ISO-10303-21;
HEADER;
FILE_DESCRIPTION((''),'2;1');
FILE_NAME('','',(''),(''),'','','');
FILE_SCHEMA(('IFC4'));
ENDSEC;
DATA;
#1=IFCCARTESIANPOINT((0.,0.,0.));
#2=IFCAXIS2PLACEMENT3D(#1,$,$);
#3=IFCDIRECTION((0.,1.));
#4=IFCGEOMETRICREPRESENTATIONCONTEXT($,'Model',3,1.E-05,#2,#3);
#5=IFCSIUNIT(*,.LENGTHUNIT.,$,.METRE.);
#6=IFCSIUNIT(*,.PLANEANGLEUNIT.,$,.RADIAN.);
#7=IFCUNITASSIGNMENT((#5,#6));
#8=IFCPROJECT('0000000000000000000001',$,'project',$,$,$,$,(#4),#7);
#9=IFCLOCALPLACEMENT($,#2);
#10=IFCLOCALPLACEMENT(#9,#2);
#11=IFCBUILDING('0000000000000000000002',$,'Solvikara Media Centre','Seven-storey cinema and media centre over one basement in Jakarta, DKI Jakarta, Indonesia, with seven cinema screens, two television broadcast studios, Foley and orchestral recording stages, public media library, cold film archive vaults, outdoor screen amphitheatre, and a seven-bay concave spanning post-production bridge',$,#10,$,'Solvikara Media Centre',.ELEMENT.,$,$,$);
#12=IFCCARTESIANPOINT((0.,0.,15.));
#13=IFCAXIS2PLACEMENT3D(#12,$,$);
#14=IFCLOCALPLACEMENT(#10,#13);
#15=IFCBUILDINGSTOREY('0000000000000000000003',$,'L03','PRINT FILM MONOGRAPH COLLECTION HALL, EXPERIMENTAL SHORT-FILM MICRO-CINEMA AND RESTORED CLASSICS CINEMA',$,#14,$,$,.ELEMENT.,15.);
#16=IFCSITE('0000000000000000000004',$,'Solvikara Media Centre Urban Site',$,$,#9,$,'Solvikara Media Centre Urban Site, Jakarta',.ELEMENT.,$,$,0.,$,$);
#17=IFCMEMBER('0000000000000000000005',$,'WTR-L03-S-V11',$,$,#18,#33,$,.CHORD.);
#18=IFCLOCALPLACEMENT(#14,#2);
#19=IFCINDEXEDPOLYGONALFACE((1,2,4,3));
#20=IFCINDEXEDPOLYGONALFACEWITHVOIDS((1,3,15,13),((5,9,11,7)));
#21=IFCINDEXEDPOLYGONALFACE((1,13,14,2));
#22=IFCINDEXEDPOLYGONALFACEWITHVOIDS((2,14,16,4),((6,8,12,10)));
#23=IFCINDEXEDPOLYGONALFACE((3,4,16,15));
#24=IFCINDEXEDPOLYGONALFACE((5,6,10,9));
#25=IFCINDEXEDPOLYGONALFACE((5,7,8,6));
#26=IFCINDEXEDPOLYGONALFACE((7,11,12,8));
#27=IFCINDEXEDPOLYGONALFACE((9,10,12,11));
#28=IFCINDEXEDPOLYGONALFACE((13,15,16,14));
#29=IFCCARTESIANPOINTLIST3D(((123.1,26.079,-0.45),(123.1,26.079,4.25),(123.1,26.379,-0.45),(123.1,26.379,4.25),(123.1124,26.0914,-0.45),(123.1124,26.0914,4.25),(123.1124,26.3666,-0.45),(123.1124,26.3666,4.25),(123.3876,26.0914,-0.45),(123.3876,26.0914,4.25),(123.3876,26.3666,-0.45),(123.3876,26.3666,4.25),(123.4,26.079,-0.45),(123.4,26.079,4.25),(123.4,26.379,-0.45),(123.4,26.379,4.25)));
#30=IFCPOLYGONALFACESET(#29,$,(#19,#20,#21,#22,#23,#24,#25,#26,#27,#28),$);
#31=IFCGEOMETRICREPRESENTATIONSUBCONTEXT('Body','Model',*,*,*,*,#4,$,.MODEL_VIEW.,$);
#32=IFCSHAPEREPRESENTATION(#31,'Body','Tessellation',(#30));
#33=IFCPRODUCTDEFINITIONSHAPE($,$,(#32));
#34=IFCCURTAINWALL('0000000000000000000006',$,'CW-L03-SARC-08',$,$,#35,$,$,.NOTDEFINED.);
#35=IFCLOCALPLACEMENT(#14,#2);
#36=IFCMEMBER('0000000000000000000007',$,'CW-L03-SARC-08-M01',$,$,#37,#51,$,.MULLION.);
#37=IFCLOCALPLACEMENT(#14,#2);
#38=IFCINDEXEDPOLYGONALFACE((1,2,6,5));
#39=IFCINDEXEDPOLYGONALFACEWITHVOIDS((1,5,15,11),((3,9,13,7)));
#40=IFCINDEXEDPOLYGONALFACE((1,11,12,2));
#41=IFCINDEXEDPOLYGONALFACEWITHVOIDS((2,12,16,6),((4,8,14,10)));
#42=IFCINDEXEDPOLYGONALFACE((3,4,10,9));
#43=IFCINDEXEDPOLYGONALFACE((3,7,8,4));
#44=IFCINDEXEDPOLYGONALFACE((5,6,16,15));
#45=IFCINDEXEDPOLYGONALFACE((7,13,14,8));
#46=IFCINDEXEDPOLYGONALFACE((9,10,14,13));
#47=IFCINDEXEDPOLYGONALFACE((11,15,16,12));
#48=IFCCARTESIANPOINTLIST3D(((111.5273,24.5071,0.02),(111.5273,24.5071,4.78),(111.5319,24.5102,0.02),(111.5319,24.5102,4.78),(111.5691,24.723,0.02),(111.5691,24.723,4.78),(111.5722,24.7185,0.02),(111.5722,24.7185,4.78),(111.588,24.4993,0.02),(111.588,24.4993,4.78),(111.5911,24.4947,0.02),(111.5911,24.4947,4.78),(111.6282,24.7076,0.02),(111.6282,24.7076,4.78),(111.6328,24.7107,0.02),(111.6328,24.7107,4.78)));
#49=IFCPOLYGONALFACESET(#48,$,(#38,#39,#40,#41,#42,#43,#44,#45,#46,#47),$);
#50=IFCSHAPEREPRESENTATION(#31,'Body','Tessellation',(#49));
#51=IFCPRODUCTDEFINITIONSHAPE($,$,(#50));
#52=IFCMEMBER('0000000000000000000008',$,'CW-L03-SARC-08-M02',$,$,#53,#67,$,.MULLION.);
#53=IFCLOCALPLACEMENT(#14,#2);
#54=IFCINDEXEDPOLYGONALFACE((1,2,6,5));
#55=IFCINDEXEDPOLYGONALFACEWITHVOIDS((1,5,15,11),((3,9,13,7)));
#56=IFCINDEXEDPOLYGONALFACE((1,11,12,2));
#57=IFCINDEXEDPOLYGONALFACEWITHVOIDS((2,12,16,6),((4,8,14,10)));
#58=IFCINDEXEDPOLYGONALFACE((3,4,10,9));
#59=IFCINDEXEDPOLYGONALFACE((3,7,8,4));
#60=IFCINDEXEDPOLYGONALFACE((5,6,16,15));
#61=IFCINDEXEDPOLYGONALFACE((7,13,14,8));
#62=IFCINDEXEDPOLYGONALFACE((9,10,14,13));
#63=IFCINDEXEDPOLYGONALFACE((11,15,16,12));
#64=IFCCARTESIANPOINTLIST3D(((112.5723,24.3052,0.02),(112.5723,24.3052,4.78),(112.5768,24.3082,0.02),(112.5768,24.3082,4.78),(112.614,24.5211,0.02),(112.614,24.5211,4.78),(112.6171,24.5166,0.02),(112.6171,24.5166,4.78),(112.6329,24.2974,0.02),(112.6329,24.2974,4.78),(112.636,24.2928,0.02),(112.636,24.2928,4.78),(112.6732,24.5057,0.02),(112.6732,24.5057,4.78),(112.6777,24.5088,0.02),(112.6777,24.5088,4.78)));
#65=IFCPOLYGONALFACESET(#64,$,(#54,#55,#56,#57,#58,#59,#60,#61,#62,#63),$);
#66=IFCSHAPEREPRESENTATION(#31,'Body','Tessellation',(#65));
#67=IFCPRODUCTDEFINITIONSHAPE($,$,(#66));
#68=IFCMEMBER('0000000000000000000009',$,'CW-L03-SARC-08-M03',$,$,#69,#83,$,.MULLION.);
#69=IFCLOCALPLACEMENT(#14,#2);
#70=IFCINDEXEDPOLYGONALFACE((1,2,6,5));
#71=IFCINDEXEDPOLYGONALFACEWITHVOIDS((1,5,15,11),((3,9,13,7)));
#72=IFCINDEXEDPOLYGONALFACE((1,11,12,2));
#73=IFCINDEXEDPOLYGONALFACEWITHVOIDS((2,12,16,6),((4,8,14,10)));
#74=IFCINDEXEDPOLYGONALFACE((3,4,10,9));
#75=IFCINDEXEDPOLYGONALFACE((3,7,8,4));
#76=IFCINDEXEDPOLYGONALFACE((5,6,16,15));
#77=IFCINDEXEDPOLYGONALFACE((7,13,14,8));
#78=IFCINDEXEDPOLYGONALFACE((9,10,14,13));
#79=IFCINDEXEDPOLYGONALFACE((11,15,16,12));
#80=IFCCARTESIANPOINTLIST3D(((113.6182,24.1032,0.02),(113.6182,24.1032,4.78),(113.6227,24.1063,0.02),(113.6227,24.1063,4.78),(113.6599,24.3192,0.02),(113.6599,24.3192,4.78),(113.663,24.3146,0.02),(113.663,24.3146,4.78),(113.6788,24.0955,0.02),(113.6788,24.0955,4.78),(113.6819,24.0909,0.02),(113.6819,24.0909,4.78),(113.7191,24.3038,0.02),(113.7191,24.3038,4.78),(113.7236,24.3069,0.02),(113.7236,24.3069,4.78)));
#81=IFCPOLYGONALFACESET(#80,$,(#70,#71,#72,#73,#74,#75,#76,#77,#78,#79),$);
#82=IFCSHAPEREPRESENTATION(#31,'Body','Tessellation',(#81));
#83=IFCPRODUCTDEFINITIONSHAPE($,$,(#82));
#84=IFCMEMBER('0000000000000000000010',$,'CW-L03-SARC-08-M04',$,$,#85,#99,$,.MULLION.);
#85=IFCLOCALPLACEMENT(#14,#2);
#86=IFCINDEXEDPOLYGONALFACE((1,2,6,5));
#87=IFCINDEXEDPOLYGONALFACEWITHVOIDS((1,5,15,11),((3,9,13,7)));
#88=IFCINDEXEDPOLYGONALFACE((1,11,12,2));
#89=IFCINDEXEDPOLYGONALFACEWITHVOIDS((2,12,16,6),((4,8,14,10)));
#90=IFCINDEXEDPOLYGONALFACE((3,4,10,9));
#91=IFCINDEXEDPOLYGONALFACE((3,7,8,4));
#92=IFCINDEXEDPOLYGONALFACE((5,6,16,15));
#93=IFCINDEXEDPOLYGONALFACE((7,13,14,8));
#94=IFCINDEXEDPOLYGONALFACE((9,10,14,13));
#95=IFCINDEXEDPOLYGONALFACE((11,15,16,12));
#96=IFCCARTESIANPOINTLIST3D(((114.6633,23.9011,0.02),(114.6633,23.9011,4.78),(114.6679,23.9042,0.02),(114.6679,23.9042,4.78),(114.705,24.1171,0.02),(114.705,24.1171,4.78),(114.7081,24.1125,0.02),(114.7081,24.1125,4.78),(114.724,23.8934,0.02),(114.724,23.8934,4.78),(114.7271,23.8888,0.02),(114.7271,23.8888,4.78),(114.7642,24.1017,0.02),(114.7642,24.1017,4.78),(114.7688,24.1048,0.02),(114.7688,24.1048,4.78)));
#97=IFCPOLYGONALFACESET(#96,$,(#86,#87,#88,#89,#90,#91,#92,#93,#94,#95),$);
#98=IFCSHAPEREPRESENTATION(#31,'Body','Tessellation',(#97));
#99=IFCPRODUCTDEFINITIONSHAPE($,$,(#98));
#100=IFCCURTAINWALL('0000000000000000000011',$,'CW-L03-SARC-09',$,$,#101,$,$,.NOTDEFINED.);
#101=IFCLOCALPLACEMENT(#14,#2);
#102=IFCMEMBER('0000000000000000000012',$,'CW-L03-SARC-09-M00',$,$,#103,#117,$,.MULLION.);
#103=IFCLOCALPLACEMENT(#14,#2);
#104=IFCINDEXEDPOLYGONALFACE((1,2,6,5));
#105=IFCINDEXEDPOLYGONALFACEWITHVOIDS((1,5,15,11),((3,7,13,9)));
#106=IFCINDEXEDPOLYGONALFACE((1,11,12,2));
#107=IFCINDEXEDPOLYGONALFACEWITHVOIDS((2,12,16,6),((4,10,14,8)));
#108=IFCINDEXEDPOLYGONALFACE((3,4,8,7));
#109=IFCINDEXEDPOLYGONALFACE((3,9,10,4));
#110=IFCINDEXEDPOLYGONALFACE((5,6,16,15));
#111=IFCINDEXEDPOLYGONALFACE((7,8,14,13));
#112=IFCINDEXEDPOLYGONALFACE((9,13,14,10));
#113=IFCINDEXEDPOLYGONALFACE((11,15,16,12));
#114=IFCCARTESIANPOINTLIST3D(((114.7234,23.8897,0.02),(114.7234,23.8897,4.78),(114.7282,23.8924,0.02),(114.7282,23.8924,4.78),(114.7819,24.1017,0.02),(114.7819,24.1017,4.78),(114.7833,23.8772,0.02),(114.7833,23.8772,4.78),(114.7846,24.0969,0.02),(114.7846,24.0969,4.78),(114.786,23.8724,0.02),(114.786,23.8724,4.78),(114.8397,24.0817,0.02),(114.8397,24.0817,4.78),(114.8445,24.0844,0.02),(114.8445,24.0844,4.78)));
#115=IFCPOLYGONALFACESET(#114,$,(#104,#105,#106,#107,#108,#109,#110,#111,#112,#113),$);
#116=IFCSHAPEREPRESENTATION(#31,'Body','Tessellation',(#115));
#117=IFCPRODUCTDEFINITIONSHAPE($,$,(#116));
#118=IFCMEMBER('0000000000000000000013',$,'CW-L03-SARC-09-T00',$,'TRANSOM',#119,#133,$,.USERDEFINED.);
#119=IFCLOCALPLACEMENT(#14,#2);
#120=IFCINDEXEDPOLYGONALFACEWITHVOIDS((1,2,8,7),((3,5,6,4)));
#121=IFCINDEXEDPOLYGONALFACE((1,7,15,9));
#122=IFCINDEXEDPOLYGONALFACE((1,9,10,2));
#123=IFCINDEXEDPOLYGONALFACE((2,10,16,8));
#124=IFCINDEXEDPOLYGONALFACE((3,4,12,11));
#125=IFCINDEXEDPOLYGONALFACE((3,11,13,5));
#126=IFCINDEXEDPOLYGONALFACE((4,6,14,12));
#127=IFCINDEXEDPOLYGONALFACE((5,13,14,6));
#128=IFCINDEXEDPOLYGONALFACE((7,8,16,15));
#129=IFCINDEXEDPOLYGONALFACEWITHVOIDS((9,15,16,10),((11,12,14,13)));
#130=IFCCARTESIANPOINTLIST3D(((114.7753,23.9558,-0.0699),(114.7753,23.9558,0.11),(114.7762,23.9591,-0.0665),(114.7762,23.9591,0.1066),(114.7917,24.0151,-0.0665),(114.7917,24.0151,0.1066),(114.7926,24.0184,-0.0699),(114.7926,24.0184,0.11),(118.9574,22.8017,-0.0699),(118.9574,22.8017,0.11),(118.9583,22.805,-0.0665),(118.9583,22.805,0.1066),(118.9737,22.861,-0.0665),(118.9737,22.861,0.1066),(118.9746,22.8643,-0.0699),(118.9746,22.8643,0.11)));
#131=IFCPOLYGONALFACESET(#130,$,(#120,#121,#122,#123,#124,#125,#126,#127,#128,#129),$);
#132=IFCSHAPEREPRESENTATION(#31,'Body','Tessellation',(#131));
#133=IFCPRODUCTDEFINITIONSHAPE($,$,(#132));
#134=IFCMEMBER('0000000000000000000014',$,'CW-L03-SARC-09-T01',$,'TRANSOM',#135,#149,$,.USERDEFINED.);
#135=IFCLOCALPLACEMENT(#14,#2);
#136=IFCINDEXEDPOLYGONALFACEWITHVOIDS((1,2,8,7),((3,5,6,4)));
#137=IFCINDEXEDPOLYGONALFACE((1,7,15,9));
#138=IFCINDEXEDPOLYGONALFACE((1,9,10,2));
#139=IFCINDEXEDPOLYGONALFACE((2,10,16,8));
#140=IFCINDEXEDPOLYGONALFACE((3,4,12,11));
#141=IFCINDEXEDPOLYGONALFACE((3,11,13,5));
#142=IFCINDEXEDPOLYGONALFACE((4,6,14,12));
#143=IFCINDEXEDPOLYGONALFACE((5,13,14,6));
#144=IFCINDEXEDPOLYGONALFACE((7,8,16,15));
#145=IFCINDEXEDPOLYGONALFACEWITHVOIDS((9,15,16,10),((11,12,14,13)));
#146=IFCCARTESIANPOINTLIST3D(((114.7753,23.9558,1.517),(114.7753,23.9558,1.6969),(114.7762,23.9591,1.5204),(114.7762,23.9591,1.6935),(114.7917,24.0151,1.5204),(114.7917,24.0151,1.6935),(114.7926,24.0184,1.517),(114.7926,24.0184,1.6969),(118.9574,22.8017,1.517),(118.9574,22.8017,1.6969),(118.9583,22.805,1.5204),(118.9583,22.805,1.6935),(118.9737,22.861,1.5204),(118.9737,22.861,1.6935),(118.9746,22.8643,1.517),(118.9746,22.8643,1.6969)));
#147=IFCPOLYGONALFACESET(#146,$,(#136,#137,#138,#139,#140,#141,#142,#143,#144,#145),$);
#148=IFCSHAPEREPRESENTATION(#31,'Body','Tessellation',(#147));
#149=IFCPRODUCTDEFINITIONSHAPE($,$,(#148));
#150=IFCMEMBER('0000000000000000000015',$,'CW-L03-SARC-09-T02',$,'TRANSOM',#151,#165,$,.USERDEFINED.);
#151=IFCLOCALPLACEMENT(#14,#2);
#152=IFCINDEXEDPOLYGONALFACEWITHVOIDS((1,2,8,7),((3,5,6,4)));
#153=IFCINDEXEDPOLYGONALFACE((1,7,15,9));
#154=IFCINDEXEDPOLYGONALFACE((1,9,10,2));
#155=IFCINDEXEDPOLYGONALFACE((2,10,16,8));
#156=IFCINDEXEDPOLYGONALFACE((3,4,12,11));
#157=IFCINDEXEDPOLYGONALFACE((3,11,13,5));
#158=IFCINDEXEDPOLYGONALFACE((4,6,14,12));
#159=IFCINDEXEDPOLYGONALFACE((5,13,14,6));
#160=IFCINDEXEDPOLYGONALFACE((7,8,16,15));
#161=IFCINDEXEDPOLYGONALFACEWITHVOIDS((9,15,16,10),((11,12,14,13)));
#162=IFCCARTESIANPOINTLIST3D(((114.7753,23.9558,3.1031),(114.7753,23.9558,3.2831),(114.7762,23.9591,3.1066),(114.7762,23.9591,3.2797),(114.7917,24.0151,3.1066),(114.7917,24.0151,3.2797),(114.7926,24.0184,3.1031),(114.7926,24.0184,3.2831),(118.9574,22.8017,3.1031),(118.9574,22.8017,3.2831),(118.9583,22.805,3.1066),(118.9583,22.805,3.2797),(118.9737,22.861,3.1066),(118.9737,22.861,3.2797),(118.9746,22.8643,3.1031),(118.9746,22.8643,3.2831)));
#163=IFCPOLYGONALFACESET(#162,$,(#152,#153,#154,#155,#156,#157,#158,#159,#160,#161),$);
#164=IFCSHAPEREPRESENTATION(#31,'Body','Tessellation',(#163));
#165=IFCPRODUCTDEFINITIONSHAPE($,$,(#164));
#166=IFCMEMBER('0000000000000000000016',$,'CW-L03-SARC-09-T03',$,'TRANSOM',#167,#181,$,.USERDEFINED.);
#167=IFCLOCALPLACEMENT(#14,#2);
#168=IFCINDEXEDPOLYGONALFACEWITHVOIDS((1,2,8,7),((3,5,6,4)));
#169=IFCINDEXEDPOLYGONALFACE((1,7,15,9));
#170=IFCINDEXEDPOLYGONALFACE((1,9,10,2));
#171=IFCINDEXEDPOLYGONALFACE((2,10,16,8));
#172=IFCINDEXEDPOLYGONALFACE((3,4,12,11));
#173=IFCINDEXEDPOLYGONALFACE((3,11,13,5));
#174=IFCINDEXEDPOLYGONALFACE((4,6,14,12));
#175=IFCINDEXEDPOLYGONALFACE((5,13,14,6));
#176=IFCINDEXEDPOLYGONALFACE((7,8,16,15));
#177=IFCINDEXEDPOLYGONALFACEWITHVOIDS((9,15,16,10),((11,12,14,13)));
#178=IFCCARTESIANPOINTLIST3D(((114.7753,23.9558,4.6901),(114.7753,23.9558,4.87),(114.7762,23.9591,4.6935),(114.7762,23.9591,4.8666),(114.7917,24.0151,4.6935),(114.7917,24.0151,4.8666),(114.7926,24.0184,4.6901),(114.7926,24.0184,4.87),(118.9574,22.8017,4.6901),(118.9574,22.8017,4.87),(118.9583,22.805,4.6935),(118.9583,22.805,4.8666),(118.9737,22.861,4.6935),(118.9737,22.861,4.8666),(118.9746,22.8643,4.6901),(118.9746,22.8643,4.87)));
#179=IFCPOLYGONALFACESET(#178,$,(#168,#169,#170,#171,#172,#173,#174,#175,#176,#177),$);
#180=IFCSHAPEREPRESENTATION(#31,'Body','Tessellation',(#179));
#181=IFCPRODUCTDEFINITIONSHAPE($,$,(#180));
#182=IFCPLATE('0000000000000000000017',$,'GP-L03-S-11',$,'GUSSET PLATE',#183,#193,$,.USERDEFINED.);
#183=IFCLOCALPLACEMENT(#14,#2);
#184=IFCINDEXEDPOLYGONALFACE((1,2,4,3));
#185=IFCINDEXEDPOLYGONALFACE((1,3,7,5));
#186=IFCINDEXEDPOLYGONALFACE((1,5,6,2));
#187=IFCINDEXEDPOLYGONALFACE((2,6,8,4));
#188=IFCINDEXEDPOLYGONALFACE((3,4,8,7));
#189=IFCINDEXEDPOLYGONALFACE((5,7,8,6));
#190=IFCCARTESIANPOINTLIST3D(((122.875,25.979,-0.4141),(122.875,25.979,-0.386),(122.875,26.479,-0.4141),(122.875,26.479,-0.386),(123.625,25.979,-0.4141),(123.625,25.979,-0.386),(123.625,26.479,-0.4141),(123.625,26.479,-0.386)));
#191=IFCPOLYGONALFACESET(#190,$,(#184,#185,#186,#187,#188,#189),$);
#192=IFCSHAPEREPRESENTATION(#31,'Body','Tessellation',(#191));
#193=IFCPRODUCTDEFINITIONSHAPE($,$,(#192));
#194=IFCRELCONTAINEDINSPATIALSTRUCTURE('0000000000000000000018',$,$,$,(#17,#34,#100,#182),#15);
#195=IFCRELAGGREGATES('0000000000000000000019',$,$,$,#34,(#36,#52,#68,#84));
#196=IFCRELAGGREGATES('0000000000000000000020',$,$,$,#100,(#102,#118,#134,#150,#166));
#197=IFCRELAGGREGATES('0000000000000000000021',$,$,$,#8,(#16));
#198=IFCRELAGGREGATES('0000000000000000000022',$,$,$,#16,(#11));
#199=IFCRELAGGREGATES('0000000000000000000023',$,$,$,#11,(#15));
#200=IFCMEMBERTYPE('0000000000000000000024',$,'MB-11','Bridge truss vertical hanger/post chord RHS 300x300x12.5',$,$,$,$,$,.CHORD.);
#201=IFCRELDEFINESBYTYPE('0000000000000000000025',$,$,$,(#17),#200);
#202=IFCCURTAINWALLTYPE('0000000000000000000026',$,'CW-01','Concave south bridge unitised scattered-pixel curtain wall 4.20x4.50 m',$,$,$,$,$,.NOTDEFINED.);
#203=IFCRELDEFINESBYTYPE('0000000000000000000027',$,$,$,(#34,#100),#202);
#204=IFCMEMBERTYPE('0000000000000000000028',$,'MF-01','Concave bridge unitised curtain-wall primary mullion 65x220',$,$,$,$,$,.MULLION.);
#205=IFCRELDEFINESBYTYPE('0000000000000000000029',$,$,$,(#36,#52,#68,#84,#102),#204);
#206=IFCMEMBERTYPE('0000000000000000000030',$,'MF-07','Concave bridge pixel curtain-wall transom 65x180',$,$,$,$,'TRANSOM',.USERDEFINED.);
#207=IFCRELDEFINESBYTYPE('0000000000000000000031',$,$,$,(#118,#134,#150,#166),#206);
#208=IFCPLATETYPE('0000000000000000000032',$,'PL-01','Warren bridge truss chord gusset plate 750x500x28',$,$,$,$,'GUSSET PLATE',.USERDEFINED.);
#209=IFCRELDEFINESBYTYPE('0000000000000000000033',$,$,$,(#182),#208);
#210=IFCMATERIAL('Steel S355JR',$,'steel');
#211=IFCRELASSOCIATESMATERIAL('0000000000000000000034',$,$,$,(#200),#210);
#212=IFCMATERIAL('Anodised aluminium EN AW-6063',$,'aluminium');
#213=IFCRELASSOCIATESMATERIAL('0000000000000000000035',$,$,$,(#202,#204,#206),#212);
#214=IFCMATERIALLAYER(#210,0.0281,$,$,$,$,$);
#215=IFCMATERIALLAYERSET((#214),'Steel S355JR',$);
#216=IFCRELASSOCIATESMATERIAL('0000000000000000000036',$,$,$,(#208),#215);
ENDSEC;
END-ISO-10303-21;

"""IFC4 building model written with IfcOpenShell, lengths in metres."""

from ifc_helpers import new_model, si_unit, direction, frame, origin, origin_2d, place, context, subcontext, project, spatial, rectangle, hollow_rectangle, extrude, material, layer, layer_set, material_profile, profile_set, type_object, element, aggregate, save


model = new_model("IFC4")

# Units and contexts
model_context = context("Model", 3, precision=1e-05, world=origin(), true_north=direction((0.0, 1.0)))
body_context = subcontext(model_context, "Body", "Model", "MODEL_VIEW")
ifc_project = project(units=[si_unit("LENGTHUNIT", "METRE"), si_unit("PLANEANGLEUNIT", "RADIAN")], contexts=[model_context])

# Site, building, storey
site_placement = place(None, origin())
site = spatial("IfcSite", under=ifc_project, at=site_placement, Name="Solvikara Media Centre Urban Site", LongName="Solvikara Media Centre Urban Site, Jakarta", CompositionType="ELEMENT", RefElevation=0.0)
building_placement = place(site_placement, origin())
building = spatial("IfcBuilding", under=site, at=building_placement, Name="Solvikara Media Centre", Description="Seven-storey cinema and media centre over one basement in Jakarta, DKI Jakarta, Indonesia, with seven cinema screens, two television broadcast studios, Foley and orchestral recording stages, public media library, cold film archive vaults, outdoor screen amphitheatre, and a seven-bay concave spanning post-production bridge", LongName="Solvikara Media Centre", CompositionType="ELEMENT")
storey_placement = place(building_placement, frame((0.0, 0.0, 15.0)))
storey = spatial("IfcBuildingStorey", under=building, at=storey_placement, Name="L03", Description="PRINT FILM MONOGRAPH COLLECTION HALL, EXPERIMENTAL SHORT-FILM MICRO-CINEMA AND RESTORED CLASSICS CINEMA", CompositionType="ELEMENT", Elevation=15.0)

# Shared definitions
ifc_material_1 = material(Name="Steel S355JR", Category="steel")

# Member
ifc_material_profile_1 = material_profile(ifc_material_1, hollow_rectangle(XDim=0.3, YDim=0.3, WallThickness=0.0125, at=origin_2d()), Name="RHS 300x300x12.5")
ifc_profile_set_1 = profile_set([ifc_material_profile_1], Name="Steel S355JR")
member_type_1 = type_object("IfcMemberType", Name="MB-11", Description="Bridge truss vertical hanger/post chord RHS 300x300x12.5", PredefinedType="CHORD", material=ifc_profile_set_1)
member_1_placement = place(storey_placement, frame((123.25, 26.229, -0.45), z_axis=(0.0, 0.0, 1.0), x_axis=(1.0, 0.0, 0.0)))
element("IfcMember", 1, at=member_1_placement, inside=storey, type_object=member_type_1, Name="WTR-L03-S-V11", PredefinedType="CHORD", context=body_context, shape_type="SweptSolid", body=[
    extrude(hollow_rectangle(XDim=0.3, YDim=0.3, WallThickness=0.0125, at=origin_2d()), origin(), (0.0, 0.0, 1.0), 4.7),
])

# Curtain walls, members
ifc_material_2 = material(Name="Anodised aluminium EN AW-6063", Category="aluminium")
curtain_wall_type = type_object("IfcCurtainWallType", Name="CW-01", Description="Concave south bridge unitised scattered-pixel curtain wall 4.20x4.50 m", PredefinedType="NOTDEFINED", material=ifc_material_2)
curtain_wall_1_placement = place(storey_placement, origin())
curtain_wall_1 = element("IfcCurtainWall", 2, at=curtain_wall_1_placement, inside=storey, type_object=curtain_wall_type, Name="CW-L03-SARC-08", PredefinedType="NOTDEFINED")
ifc_material_profile_2 = material_profile(ifc_material_2, hollow_rectangle(XDim=0.0649, YDim=0.22, WallThickness=0.0039, at=origin_2d()), Name="ALU-M 65x220x4")
ifc_profile_set_2 = profile_set([ifc_material_profile_2], Name="Anodised aluminium EN AW-6063")
member_type_2 = type_object("IfcMemberType", Name="MF-01", Description="Concave bridge unitised curtain-wall primary mullion 65x220", PredefinedType="MULLION", material=ifc_profile_set_2)
member_2_placement = place(storey_placement, frame((111.5801, 24.6089, 0.02), z_axis=(0.0, 0.0, 1.0), x_axis=(0.981843, -0.189695, 0.0)))
member_2 = element("IfcMember", 3, at=member_2_placement, type_object=member_type_2, Name="CW-L03-SARC-08-M01", PredefinedType="MULLION", context=body_context, shape_type="SweptSolid", body=[
    extrude(hollow_rectangle(XDim=0.0649, YDim=0.22, WallThickness=0.0039, at=origin_2d()), origin(), (0.0, 0.0, 1.0), 4.76),
])
member_3_placement = place(storey_placement, frame((112.625, 24.407, 0.02), z_axis=(0.0, 0.0, 1.0), x_axis=(0.981843, -0.189695, 0.0)))
member_3 = element("IfcMember", 4, at=member_3_placement, type_object=member_type_2, Name="CW-L03-SARC-08-M02", PredefinedType="MULLION", context=body_context, shape_type="SweptSolid", body=[
    extrude(hollow_rectangle(XDim=0.0649, YDim=0.22, WallThickness=0.0039, at=origin_2d()), origin(), (0.0, 0.0, 1.0), 4.76),
])
member_4_placement = place(storey_placement, frame((113.6709, 24.2051, 0.02), z_axis=(0.0, 0.0, 1.0), x_axis=(0.981843, -0.189695, 0.0)))
member_4 = element("IfcMember", 5, at=member_4_placement, type_object=member_type_2, Name="CW-L03-SARC-08-M03", PredefinedType="MULLION", context=body_context, shape_type="SweptSolid", body=[
    extrude(hollow_rectangle(XDim=0.0649, YDim=0.22, WallThickness=0.0039, at=origin_2d()), origin(), (0.0, 0.0, 1.0), 4.76),
])
member_5_placement = place(storey_placement, frame((114.7161, 24.0029, 0.02), z_axis=(0.0, 0.0, 1.0), x_axis=(0.981843, -0.189695, 0.0)))
member_5 = element("IfcMember", 6, at=member_5_placement, type_object=member_type_2, Name="CW-L03-SARC-08-M04", PredefinedType="MULLION", context=body_context, shape_type="SweptSolid", body=[
    extrude(hollow_rectangle(XDim=0.0649, YDim=0.22, WallThickness=0.0039, at=origin_2d()), origin(), (0.0, 0.0, 1.0), 4.76),
])
curtain_wall_2_placement = place(storey_placement, origin())
curtain_wall_2 = element("IfcCurtainWall", 7, at=curtain_wall_2_placement, inside=storey, type_object=curtain_wall_type, Name="CW-L03-SARC-09", PredefinedType="NOTDEFINED")
member_6_placement = place(storey_placement, frame((114.7839, 23.9871, 0.02), z_axis=(0.0, 0.0, 1.0), x_axis=(0.96397, -0.26601, 0.0)))
member_6 = element("IfcMember", 8, at=member_6_placement, type_object=member_type_2, Name="CW-L03-SARC-09-M00", PredefinedType="MULLION", context=body_context, shape_type="SweptSolid", body=[
    extrude(hollow_rectangle(XDim=0.0649, YDim=0.22, WallThickness=0.0039, at=origin_2d()), origin(), (0.0, 0.0, 1.0), 4.76),
])
ifc_material_profile_3 = material_profile(ifc_material_2, hollow_rectangle(XDim=0.0649, YDim=0.1799, WallThickness=0.0034, at=origin_2d()), Name="ALU-T 65x180x3.5")
ifc_profile_set_3 = profile_set([ifc_material_profile_3], Name="Anodised aluminium EN AW-6063")
member_type_3 = type_object("IfcMemberType", Name="MF-07", Description="Concave bridge pixel curtain-wall transom 65x180", ElementType="TRANSOM", PredefinedType="USERDEFINED", material=ifc_profile_set_3)
member_7_placement = place(storey_placement, frame((114.7839, 23.9871, 0.02), z_axis=(0.963971, -0.266007, 0.0), x_axis=(0.266007, 0.963971, 0.0)))
member_7 = element("IfcMember", 9, at=member_7_placement, type_object=member_type_3, Name="CW-L03-SARC-09-T00", ObjectType="TRANSOM", PredefinedType="USERDEFINED", context=body_context, shape_type="SweptSolid", body=[
    extrude(hollow_rectangle(XDim=0.0649, YDim=0.1799, WallThickness=0.0034, at=origin_2d()), origin(), (0.0, 0.0, 1.0), 4.3384),
])
member_8_placement = place(storey_placement, frame((114.7839, 23.9871, 1.6069), z_axis=(0.963971, -0.266007, 0.0), x_axis=(0.266007, 0.963971, 0.0)))
member_8 = element("IfcMember", 10, at=member_8_placement, type_object=member_type_3, Name="CW-L03-SARC-09-T01", ObjectType="TRANSOM", PredefinedType="USERDEFINED", context=body_context, shape_type="SweptSolid", body=[
    extrude(hollow_rectangle(XDim=0.0649, YDim=0.1799, WallThickness=0.0034, at=origin_2d()), origin(), (0.0, 0.0, 1.0), 4.3384),
])
member_9_placement = place(storey_placement, frame((114.7839, 23.9871, 3.1931), z_axis=(0.963971, -0.266007, 0.0), x_axis=(0.266007, 0.963971, 0.0)))
member_9 = element("IfcMember", 11, at=member_9_placement, type_object=member_type_3, Name="CW-L03-SARC-09-T02", ObjectType="TRANSOM", PredefinedType="USERDEFINED", context=body_context, shape_type="SweptSolid", body=[
    extrude(hollow_rectangle(XDim=0.0649, YDim=0.1799, WallThickness=0.0034, at=origin_2d()), origin(), (0.0, 0.0, 1.0), 4.3384),
])
member_10_placement = place(storey_placement, frame((114.7839, 23.9871, 4.78), z_axis=(0.963971, -0.266007, 0.0), x_axis=(0.266007, 0.963971, 0.0)))
member_10 = element("IfcMember", 12, at=member_10_placement, type_object=member_type_3, Name="CW-L03-SARC-09-T03", ObjectType="TRANSOM", PredefinedType="USERDEFINED", context=body_context, shape_type="SweptSolid", body=[
    extrude(hollow_rectangle(XDim=0.0649, YDim=0.1799, WallThickness=0.0034, at=origin_2d()), origin(), (0.0, 0.0, 1.0), 4.3384),
])

# Plate
ifc_layer_1 = layer(ifc_material_1, 0.0281)
ifc_layer_set_1 = layer_set([ifc_layer_1], Name="Steel S355JR")
plate_type_1 = type_object("IfcPlateType", Name="PL-01", Description="Warren bridge truss chord gusset plate 750x500x28", ElementType="GUSSET PLATE", PredefinedType="USERDEFINED", material=ifc_layer_set_1)
plate_1_placement = place(storey_placement, frame((123.25, 26.229, -0.4141), z_axis=(0.0, 0.0, 1.0), x_axis=(1.0, 0.0, 0.0)))
element("IfcPlate", 13, at=plate_1_placement, inside=storey, type_object=plate_type_1, Name="GP-L03-S-11", ObjectType="GUSSET PLATE", PredefinedType="USERDEFINED", context=body_context, shape_type="SweptSolid", body=[
    extrude(rectangle(XDim=0.75, YDim=0.5, at=origin_2d()), origin(), (0.0, 0.0, 1.0), 0.0281),
])
aggregate(curtain_wall_1, [member_2, member_3, member_4, member_5])
aggregate(curtain_wall_2, [member_6, member_7, member_8, member_9, member_10])

save(model, "model.ifc")
